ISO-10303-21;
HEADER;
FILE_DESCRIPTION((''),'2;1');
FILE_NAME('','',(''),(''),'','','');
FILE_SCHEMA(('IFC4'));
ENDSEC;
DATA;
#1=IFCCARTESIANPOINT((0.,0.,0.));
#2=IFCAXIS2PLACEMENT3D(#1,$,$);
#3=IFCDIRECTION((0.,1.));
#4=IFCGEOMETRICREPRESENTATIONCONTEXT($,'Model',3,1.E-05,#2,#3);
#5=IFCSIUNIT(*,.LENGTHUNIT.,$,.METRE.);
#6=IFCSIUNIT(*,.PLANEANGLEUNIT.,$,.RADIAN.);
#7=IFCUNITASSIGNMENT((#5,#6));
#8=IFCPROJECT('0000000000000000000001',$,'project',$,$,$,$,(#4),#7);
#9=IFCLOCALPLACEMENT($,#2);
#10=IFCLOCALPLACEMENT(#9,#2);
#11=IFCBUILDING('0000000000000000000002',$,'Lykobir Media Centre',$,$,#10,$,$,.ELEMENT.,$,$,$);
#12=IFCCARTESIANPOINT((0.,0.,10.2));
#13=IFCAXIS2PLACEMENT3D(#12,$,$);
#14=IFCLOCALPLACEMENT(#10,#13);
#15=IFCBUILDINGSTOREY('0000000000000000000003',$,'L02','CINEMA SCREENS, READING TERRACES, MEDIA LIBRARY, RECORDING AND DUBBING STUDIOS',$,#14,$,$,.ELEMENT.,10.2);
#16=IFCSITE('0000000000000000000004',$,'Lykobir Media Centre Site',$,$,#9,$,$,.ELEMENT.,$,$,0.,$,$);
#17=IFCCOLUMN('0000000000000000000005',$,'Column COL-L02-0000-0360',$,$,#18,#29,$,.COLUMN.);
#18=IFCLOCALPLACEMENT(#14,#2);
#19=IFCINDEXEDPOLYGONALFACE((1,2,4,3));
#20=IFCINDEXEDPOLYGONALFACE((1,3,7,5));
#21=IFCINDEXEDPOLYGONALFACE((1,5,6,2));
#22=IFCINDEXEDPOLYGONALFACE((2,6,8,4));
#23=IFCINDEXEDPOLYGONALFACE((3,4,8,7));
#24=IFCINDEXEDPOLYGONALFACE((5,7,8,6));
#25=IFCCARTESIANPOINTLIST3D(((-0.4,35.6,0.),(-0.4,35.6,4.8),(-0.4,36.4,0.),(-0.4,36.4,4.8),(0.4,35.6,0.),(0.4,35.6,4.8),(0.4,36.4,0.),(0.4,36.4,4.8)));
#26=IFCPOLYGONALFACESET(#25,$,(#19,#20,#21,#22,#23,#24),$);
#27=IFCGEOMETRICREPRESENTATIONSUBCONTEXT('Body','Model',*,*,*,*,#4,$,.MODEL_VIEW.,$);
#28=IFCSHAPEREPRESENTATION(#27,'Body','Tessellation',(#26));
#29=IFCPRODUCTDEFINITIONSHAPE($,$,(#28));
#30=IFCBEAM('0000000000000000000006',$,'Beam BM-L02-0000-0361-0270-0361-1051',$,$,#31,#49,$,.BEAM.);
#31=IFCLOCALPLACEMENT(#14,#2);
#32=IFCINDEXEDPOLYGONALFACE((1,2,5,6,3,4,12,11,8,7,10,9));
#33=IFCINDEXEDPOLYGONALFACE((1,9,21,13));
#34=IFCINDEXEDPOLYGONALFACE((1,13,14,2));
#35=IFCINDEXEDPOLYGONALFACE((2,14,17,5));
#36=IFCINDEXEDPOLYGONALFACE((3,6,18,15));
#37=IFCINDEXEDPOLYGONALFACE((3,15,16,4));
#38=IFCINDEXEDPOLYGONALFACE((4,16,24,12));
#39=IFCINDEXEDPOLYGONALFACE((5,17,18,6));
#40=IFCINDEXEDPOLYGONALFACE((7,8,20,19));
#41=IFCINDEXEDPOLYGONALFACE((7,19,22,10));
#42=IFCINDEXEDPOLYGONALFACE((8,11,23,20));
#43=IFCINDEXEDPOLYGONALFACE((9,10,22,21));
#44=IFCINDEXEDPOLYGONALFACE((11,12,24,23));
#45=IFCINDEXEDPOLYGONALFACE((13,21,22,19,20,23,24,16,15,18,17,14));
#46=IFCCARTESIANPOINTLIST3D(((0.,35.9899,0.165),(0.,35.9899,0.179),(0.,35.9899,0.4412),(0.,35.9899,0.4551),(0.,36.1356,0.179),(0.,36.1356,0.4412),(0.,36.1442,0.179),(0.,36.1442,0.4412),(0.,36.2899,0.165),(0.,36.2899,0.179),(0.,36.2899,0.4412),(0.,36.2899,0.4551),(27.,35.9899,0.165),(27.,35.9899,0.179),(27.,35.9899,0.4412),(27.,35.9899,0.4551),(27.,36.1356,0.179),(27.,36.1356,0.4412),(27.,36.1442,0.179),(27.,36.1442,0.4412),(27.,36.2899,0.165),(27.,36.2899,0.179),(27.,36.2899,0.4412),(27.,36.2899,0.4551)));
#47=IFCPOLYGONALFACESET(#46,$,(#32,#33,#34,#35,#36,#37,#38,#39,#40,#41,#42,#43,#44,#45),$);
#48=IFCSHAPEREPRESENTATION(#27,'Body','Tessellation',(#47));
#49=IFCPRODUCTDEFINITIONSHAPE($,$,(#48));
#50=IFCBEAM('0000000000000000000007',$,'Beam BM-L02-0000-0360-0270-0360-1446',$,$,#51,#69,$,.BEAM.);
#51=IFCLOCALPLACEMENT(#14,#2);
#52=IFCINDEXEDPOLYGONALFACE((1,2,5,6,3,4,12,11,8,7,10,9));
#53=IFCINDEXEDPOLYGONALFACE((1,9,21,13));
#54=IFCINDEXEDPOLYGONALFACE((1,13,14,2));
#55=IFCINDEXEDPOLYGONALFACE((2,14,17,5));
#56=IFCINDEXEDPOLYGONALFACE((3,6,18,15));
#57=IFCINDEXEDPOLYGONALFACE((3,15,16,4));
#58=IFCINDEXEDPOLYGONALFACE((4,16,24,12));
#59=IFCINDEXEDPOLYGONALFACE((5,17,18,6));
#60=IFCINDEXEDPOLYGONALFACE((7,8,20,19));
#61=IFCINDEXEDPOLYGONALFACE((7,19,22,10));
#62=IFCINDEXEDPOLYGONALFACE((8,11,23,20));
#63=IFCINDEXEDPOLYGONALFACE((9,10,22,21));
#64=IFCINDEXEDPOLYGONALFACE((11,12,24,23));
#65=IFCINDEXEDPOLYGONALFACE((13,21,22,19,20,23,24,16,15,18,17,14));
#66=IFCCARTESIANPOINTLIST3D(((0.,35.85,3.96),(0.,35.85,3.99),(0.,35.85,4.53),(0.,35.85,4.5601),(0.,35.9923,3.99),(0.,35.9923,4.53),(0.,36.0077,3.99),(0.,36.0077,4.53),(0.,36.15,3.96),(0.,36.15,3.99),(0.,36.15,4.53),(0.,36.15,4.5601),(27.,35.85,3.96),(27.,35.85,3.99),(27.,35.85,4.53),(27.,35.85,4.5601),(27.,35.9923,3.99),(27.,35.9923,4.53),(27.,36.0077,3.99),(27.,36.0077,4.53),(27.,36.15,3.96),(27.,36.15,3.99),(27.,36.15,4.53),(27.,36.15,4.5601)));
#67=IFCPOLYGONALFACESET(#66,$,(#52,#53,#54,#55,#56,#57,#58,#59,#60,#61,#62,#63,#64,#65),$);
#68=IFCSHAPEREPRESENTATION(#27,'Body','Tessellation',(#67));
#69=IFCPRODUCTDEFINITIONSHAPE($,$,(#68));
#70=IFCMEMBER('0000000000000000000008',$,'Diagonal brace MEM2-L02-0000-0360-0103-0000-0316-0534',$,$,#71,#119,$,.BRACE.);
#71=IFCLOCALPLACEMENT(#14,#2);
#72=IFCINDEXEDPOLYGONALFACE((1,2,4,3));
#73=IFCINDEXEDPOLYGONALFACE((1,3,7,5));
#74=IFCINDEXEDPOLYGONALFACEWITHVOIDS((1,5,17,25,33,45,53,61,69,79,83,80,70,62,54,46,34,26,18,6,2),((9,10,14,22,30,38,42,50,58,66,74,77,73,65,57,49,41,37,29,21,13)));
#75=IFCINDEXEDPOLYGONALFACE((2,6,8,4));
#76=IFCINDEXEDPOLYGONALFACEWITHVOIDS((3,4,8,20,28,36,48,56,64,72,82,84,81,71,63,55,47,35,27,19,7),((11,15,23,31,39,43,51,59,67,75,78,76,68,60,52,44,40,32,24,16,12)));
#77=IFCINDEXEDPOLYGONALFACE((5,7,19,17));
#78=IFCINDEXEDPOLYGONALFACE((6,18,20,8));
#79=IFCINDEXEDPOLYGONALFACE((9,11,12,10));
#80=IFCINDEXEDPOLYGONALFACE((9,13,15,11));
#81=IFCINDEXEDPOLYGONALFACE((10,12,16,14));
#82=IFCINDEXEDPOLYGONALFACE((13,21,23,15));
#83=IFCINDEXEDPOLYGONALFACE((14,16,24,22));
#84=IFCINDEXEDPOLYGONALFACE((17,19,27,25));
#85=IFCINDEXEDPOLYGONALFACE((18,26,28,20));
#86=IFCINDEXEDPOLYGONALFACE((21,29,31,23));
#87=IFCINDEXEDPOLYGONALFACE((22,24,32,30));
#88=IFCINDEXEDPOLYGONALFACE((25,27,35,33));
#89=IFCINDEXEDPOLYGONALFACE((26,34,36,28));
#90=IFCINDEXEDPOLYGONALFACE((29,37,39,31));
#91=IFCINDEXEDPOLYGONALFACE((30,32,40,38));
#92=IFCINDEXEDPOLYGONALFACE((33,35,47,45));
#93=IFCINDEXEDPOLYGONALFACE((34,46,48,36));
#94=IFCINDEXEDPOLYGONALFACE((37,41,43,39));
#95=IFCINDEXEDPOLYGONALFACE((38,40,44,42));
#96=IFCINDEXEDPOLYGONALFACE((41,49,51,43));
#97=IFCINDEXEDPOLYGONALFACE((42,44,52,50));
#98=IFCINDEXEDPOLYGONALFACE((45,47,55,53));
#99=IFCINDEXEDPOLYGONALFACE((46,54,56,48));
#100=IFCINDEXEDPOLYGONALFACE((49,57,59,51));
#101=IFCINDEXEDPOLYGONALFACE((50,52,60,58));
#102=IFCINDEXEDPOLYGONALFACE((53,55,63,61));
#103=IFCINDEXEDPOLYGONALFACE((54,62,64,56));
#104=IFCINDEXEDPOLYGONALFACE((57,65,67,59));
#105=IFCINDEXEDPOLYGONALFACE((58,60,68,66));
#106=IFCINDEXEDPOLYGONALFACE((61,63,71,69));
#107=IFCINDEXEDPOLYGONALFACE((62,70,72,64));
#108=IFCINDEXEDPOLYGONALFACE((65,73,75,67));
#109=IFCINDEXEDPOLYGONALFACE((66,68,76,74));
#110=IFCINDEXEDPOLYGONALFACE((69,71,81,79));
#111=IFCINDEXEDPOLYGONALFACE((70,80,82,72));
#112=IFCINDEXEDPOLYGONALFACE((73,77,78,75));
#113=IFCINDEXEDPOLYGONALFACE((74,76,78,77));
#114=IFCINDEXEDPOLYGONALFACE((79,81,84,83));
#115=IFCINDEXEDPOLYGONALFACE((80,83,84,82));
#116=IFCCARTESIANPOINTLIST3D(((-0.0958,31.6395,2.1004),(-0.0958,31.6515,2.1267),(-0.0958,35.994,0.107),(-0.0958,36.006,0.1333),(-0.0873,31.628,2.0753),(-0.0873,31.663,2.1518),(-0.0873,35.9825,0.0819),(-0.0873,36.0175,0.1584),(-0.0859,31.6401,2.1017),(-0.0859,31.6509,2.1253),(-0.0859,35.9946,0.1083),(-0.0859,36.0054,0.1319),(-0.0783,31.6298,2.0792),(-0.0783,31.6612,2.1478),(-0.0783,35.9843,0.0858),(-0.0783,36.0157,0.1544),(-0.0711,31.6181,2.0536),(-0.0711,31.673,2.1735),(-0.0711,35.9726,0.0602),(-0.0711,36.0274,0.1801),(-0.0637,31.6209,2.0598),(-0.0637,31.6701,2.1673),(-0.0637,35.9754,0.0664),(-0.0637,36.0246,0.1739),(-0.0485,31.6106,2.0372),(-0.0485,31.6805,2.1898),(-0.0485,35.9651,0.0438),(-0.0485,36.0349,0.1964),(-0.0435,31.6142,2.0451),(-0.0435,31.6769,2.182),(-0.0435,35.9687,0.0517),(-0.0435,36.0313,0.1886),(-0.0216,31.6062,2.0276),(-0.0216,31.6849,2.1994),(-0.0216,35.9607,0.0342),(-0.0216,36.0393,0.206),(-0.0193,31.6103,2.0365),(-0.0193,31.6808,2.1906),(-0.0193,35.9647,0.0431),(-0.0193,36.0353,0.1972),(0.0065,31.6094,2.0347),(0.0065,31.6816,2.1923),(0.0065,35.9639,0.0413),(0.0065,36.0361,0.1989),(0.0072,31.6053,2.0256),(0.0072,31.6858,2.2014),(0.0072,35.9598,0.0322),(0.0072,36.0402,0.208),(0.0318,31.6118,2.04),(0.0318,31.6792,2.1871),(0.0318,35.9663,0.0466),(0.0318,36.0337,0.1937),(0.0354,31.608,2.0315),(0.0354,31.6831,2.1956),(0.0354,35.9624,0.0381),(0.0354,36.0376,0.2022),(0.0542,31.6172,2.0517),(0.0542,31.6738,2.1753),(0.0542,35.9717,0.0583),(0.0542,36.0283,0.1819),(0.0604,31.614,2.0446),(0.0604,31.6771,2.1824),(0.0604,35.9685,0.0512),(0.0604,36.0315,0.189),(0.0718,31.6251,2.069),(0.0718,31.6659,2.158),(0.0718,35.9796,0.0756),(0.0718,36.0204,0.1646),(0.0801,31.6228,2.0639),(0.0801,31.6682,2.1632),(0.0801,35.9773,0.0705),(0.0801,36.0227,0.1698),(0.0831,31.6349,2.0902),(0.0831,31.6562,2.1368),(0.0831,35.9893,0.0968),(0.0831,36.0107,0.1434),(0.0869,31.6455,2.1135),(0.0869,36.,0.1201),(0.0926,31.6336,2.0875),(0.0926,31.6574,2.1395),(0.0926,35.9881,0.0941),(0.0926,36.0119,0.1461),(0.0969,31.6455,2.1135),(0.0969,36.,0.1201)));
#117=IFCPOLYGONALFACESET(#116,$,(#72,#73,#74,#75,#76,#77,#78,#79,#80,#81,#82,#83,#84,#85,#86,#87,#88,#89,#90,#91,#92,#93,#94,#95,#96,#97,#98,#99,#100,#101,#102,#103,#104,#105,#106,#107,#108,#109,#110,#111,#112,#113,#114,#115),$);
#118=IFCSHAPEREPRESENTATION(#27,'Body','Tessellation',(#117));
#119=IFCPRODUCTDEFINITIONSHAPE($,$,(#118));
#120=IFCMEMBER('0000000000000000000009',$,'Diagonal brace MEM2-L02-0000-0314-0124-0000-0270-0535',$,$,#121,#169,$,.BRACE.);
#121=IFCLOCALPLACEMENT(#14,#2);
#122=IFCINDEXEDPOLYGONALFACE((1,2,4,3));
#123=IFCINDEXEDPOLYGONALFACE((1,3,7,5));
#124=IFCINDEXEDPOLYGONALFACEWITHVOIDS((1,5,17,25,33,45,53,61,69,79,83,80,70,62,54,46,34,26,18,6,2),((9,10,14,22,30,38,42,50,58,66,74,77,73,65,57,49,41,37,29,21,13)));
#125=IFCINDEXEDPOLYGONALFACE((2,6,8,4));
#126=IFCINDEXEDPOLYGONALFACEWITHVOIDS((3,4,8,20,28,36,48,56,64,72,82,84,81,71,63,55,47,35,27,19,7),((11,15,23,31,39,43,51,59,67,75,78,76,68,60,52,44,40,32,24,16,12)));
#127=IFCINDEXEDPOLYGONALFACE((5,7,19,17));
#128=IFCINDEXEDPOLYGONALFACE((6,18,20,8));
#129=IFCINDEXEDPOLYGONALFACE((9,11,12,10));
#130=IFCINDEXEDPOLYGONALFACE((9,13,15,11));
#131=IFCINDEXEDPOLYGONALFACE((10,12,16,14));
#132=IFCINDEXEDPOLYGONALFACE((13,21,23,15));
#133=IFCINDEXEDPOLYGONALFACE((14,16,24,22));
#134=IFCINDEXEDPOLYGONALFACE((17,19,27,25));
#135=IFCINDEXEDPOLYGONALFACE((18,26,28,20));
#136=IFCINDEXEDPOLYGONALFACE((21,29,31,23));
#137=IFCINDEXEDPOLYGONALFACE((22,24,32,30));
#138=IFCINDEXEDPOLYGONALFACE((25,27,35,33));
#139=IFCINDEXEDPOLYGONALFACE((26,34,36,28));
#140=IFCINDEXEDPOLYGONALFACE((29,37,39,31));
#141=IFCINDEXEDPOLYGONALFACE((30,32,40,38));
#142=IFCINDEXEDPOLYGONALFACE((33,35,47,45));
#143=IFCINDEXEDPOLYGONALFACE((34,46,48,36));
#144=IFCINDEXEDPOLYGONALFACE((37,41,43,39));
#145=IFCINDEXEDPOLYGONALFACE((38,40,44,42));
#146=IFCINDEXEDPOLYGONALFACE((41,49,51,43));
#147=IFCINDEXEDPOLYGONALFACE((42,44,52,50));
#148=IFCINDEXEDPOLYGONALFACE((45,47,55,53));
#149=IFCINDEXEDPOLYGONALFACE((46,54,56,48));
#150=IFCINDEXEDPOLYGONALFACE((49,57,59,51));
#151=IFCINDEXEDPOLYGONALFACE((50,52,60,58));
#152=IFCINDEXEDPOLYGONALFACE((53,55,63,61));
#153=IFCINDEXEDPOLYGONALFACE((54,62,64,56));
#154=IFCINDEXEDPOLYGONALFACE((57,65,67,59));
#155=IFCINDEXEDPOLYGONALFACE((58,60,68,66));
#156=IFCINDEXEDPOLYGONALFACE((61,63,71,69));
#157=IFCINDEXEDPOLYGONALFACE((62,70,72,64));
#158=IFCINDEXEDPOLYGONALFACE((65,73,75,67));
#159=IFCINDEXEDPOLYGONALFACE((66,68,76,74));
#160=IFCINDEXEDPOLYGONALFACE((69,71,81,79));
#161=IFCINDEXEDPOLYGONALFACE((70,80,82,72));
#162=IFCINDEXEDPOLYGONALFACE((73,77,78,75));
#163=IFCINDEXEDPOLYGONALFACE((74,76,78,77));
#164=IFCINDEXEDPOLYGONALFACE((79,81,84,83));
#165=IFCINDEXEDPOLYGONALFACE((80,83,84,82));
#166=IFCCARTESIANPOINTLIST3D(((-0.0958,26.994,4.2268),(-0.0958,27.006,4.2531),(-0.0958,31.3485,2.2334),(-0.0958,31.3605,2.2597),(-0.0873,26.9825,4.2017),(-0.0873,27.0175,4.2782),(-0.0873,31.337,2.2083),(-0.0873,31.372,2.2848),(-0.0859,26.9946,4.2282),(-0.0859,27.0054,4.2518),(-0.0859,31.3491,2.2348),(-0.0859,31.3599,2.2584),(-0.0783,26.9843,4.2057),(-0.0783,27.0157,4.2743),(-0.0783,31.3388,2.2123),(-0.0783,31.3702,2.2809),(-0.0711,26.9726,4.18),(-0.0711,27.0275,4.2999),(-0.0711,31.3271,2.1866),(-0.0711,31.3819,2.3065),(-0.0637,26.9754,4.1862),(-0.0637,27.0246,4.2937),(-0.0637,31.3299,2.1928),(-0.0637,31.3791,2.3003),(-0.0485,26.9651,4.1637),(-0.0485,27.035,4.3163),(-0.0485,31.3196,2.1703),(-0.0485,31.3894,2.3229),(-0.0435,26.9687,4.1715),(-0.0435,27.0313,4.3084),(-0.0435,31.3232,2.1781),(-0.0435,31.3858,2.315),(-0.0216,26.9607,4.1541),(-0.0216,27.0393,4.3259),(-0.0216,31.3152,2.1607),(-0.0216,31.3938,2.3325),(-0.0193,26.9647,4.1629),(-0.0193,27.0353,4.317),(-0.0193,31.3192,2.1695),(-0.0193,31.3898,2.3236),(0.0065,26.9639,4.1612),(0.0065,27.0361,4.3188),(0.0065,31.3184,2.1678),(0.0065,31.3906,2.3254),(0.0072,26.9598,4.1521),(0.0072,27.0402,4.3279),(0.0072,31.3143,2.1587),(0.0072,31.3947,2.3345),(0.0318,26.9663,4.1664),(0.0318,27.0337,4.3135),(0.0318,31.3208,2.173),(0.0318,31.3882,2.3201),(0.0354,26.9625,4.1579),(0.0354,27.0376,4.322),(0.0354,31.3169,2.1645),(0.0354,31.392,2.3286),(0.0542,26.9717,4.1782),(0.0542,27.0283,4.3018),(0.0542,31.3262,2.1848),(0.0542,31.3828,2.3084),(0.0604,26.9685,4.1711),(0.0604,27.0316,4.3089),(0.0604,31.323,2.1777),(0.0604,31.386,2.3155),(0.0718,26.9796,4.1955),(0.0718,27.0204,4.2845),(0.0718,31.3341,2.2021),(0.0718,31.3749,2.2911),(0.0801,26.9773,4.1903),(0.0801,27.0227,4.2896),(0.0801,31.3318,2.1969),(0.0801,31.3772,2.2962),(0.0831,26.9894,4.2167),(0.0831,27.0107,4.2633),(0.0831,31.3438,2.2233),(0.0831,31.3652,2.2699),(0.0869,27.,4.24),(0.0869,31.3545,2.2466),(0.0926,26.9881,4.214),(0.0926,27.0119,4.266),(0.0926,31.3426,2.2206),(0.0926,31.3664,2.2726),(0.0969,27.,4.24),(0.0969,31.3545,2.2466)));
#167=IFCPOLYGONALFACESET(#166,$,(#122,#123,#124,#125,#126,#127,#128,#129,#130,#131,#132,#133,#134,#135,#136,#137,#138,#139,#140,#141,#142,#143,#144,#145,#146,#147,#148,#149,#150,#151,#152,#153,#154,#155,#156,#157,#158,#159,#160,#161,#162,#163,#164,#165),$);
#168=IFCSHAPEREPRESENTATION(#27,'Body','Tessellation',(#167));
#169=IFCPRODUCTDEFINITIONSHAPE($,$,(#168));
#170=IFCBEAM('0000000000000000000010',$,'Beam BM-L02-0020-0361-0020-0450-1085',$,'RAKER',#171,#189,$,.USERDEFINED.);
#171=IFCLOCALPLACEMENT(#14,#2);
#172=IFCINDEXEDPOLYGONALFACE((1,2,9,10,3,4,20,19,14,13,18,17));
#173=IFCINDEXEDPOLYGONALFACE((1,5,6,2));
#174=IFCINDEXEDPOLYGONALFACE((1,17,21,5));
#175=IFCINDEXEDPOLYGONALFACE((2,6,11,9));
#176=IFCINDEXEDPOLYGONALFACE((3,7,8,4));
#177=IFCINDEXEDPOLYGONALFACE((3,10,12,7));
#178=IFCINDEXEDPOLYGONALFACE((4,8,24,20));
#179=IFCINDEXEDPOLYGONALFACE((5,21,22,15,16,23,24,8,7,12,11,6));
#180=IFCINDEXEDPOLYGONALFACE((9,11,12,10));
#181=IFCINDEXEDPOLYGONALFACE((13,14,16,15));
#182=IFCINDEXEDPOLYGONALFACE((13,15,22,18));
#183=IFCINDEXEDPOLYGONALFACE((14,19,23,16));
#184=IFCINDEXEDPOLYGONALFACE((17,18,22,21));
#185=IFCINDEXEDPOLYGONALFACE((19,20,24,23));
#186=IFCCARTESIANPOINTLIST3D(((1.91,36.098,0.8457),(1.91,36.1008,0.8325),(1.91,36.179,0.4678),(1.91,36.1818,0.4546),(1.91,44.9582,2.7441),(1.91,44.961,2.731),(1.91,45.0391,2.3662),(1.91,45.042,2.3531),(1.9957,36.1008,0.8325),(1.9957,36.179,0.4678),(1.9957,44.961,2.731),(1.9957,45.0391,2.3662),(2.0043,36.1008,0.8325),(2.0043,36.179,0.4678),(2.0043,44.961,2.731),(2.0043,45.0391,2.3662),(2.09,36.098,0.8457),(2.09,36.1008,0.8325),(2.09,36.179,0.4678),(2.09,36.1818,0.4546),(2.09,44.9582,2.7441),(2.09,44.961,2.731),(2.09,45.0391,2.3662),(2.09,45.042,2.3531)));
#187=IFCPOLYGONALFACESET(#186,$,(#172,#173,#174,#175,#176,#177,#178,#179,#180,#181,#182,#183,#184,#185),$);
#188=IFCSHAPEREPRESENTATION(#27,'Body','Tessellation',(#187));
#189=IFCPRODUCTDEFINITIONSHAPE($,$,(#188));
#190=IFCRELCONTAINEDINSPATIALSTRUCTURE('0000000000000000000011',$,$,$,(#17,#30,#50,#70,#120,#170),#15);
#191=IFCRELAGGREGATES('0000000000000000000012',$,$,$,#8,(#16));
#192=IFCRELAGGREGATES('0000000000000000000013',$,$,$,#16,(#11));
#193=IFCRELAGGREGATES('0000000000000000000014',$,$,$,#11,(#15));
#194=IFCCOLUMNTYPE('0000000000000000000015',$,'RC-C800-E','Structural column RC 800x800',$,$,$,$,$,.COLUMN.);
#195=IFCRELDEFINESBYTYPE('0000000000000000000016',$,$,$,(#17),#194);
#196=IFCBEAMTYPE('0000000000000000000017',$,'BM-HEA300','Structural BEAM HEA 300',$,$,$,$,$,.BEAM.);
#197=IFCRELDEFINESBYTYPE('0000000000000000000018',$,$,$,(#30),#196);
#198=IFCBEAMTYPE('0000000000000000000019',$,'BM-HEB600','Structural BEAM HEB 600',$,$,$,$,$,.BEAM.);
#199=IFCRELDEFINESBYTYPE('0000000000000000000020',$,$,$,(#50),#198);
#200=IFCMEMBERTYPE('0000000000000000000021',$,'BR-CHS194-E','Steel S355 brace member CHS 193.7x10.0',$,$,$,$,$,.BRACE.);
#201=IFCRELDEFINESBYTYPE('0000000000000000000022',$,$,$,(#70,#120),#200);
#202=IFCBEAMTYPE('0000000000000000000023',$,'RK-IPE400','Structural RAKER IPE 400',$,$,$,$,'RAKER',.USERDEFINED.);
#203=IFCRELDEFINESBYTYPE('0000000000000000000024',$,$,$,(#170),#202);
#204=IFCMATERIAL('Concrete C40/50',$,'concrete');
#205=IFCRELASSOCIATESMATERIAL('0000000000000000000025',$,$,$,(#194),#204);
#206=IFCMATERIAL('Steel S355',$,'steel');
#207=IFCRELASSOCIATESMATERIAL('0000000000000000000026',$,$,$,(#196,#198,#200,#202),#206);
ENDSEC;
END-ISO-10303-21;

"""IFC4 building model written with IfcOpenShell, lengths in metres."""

from ifc_helpers import new_model, si_unit, direction, frame, origin, origin_2d, place, context, subcontext, project, spatial, rectangle, hollow_circle, i_section, extrude, material, material_profile, profile_set, type_object, element, save


model = new_model("IFC4")

# Units and contexts
model_context = context("Model", 3, precision=1e-05, world=origin(), true_north=direction((0.0, 1.0)))
body_context = subcontext(model_context, "Body", "Model", "MODEL_VIEW")
ifc_project = project(units=[si_unit("LENGTHUNIT", "METRE"), si_unit("PLANEANGLEUNIT", "RADIAN")], contexts=[model_context])

# Site, building, storey
site_placement = place(None, origin())
site = spatial("IfcSite", under=ifc_project, at=site_placement, Name="Lykobir Media Centre Site", CompositionType="ELEMENT", RefElevation=0.0)
building_placement = place(site_placement, origin())
building = spatial("IfcBuilding", under=site, at=building_placement, Name="Lykobir Media Centre", CompositionType="ELEMENT")
storey_placement = place(building_placement, frame((0.0, 0.0, 10.2)))
storey = spatial("IfcBuildingStorey", under=building, at=storey_placement, Name="L02", Description="CINEMA SCREENS, READING TERRACES, MEDIA LIBRARY, RECORDING AND DUBBING STUDIOS", CompositionType="ELEMENT", Elevation=10.2)

# Column
ifc_material_1 = material(Name="Concrete C40/50", Category="concrete")
ifc_material_profile_1 = material_profile(ifc_material_1, rectangle(XDim=0.8, YDim=0.8, at=origin_2d()), Name="RC 800x800")
ifc_profile_set_1 = profile_set([ifc_material_profile_1], Name="Concrete C40/50")
column_type = type_object("IfcColumnType", Name="RC-C800-E", Description="Structural column RC 800x800", PredefinedType="COLUMN", material=ifc_profile_set_1)
column_placement = place(storey_placement, frame((0.0, 36.0, 0.0), z_axis=(0.0, 0.0, 1.0), x_axis=(1.0, 0.0, 0.0)))
element("IfcColumn", 1, at=column_placement, inside=storey, type_object=column_type, Name="Column COL-L02-0000-0360", PredefinedType="COLUMN", context=body_context, shape_type="SweptSolid", body=[
    extrude(rectangle(XDim=0.8, YDim=0.8, at=origin_2d()), origin(), (0.0, 0.0, 1.0), 4.8),
])

# Beams
ifc_material_2 = material(Name="Steel S355", Category="steel")
ifc_material_profile_2 = material_profile(ifc_material_2, i_section(OverallWidth=0.3, OverallDepth=0.29, WebThickness=0.0085, FlangeThickness=0.0139, at=origin_2d()), Name="HEA 300")
ifc_profile_set_2 = profile_set([ifc_material_profile_2], Name="Steel S355")
beam_type_1 = type_object("IfcBeamType", Name="BM-HEA300", Description="Structural BEAM HEA 300", PredefinedType="BEAM", material=ifc_profile_set_2)
beam_1_placement = place(storey_placement, frame((0.0, 36.1399, 0.3101), z_axis=(1.0, 0.0, 0.0), x_axis=(0.0, 1.0, 0.0)))
element("IfcBeam", 2, at=beam_1_placement, inside=storey, type_object=beam_type_1, Name="Beam BM-L02-0000-0361-0270-0361-1051", PredefinedType="BEAM", context=body_context, shape_type="SweptSolid", body=[
    extrude(i_section(OverallWidth=0.3, OverallDepth=0.29, WebThickness=0.0085, FlangeThickness=0.0139, at=origin_2d()), origin(), (0.0, 0.0, 1.0), 27.0),
])
ifc_material_profile_3 = material_profile(ifc_material_2, i_section(OverallWidth=0.3, OverallDepth=0.6001, WebThickness=0.0154, FlangeThickness=0.03, at=origin_2d()), Name="HEB 600")
ifc_profile_set_3 = profile_set([ifc_material_profile_3], Name="Steel S355")
beam_type_2 = type_object("IfcBeamType", Name="BM-HEB600", Description="Structural BEAM HEB 600", PredefinedType="BEAM", material=ifc_profile_set_3)
beam_2_placement = place(storey_placement, frame((0.0, 36.0, 4.26), z_axis=(1.0, 0.0, 0.0), x_axis=(0.0, 1.0, 0.0)))
element("IfcBeam", 3, at=beam_2_placement, inside=storey, type_object=beam_type_2, Name="Beam BM-L02-0000-0360-0270-0360-1446", PredefinedType="BEAM", context=body_context, shape_type="SweptSolid", body=[
    extrude(i_section(OverallWidth=0.3, OverallDepth=0.6001, WebThickness=0.0154, FlangeThickness=0.03, at=origin_2d()), origin(), (0.0, 0.0, 1.0), 27.0),
])

# Members
ifc_material_profile_4 = material_profile(ifc_material_2, hollow_circle(Radius=0.0969, WallThickness=0.01, at=origin_2d()), Name="CHS 193.7x10.0")
ifc_profile_set_4 = profile_set([ifc_material_profile_4], Name="Steel S355")
member_type = type_object("IfcMemberType", Name="BR-CHS194-E", Description="Steel S355 brace member CHS 193.7x10.0", PredefinedType="BRACE", material=ifc_profile_set_4)
for number, where, z_axis, x_axis, name in (
    (4, (0.0, 36.0, 0.1201), (0.0, -0.909255, 0.41624), (1.0, 0.0, 0.0), "Diagonal brace MEM2-L02-0000-0360-0103-0000-0316-0534"),
    (5, (0.0, 31.3545, 2.2466), (0.0, -0.909255, 0.41624), (1.0, 0.0, 0.0), "Diagonal brace MEM2-L02-0000-0314-0124-0000-0270-0535"),
):
    element("IfcMember", number, at=place(storey_placement, frame(where, z_axis=z_axis, x_axis=x_axis)), inside=storey, type_object=member_type, Name=name, PredefinedType="BRACE", context=body_context, shape_type="SweptSolid", body=[
        extrude(hollow_circle(Radius=0.0969, WallThickness=0.01, at=origin_2d()), origin(), (0.0, 0.0, 1.0), 4.7891),
    ])

# Beam
ifc_material_profile_5 = material_profile(ifc_material_2, i_section(OverallWidth=0.1799, OverallDepth=0.3999, WebThickness=0.0085, FlangeThickness=0.0134, at=origin_2d()), Name="IPE 400")
ifc_profile_set_5 = profile_set([ifc_material_profile_5], Name="Steel S355")
beam_type_3 = type_object("IfcBeamType", Name="RK-IPE400", Description="Structural RAKER IPE 400", ElementType="RAKER", PredefinedType="USERDEFINED", material=ifc_profile_set_5)
for number, where, z_axis, x_axis, name in (
    (6, (2.0, 36.1399, 0.6501), (0.0, 0.977806, 0.209513), (-1.0, 0.0, 0.0), "Beam BM-L02-0020-0361-0020-0450-1085"),
):
    element("IfcBeam", number, at=place(storey_placement, frame(where, z_axis=z_axis, x_axis=x_axis)), inside=storey, type_object=beam_type_3, Name=name, ObjectType="RAKER", PredefinedType="USERDEFINED", context=body_context, shape_type="SweptSolid", body=[
        extrude(i_section(OverallWidth=0.1799, OverallDepth=0.3999, WebThickness=0.0085, FlangeThickness=0.0134, at=origin_2d()), origin(), (0.0, 0.0, 1.0), 9.0613),
    ])

save(model, "model.ifc")
